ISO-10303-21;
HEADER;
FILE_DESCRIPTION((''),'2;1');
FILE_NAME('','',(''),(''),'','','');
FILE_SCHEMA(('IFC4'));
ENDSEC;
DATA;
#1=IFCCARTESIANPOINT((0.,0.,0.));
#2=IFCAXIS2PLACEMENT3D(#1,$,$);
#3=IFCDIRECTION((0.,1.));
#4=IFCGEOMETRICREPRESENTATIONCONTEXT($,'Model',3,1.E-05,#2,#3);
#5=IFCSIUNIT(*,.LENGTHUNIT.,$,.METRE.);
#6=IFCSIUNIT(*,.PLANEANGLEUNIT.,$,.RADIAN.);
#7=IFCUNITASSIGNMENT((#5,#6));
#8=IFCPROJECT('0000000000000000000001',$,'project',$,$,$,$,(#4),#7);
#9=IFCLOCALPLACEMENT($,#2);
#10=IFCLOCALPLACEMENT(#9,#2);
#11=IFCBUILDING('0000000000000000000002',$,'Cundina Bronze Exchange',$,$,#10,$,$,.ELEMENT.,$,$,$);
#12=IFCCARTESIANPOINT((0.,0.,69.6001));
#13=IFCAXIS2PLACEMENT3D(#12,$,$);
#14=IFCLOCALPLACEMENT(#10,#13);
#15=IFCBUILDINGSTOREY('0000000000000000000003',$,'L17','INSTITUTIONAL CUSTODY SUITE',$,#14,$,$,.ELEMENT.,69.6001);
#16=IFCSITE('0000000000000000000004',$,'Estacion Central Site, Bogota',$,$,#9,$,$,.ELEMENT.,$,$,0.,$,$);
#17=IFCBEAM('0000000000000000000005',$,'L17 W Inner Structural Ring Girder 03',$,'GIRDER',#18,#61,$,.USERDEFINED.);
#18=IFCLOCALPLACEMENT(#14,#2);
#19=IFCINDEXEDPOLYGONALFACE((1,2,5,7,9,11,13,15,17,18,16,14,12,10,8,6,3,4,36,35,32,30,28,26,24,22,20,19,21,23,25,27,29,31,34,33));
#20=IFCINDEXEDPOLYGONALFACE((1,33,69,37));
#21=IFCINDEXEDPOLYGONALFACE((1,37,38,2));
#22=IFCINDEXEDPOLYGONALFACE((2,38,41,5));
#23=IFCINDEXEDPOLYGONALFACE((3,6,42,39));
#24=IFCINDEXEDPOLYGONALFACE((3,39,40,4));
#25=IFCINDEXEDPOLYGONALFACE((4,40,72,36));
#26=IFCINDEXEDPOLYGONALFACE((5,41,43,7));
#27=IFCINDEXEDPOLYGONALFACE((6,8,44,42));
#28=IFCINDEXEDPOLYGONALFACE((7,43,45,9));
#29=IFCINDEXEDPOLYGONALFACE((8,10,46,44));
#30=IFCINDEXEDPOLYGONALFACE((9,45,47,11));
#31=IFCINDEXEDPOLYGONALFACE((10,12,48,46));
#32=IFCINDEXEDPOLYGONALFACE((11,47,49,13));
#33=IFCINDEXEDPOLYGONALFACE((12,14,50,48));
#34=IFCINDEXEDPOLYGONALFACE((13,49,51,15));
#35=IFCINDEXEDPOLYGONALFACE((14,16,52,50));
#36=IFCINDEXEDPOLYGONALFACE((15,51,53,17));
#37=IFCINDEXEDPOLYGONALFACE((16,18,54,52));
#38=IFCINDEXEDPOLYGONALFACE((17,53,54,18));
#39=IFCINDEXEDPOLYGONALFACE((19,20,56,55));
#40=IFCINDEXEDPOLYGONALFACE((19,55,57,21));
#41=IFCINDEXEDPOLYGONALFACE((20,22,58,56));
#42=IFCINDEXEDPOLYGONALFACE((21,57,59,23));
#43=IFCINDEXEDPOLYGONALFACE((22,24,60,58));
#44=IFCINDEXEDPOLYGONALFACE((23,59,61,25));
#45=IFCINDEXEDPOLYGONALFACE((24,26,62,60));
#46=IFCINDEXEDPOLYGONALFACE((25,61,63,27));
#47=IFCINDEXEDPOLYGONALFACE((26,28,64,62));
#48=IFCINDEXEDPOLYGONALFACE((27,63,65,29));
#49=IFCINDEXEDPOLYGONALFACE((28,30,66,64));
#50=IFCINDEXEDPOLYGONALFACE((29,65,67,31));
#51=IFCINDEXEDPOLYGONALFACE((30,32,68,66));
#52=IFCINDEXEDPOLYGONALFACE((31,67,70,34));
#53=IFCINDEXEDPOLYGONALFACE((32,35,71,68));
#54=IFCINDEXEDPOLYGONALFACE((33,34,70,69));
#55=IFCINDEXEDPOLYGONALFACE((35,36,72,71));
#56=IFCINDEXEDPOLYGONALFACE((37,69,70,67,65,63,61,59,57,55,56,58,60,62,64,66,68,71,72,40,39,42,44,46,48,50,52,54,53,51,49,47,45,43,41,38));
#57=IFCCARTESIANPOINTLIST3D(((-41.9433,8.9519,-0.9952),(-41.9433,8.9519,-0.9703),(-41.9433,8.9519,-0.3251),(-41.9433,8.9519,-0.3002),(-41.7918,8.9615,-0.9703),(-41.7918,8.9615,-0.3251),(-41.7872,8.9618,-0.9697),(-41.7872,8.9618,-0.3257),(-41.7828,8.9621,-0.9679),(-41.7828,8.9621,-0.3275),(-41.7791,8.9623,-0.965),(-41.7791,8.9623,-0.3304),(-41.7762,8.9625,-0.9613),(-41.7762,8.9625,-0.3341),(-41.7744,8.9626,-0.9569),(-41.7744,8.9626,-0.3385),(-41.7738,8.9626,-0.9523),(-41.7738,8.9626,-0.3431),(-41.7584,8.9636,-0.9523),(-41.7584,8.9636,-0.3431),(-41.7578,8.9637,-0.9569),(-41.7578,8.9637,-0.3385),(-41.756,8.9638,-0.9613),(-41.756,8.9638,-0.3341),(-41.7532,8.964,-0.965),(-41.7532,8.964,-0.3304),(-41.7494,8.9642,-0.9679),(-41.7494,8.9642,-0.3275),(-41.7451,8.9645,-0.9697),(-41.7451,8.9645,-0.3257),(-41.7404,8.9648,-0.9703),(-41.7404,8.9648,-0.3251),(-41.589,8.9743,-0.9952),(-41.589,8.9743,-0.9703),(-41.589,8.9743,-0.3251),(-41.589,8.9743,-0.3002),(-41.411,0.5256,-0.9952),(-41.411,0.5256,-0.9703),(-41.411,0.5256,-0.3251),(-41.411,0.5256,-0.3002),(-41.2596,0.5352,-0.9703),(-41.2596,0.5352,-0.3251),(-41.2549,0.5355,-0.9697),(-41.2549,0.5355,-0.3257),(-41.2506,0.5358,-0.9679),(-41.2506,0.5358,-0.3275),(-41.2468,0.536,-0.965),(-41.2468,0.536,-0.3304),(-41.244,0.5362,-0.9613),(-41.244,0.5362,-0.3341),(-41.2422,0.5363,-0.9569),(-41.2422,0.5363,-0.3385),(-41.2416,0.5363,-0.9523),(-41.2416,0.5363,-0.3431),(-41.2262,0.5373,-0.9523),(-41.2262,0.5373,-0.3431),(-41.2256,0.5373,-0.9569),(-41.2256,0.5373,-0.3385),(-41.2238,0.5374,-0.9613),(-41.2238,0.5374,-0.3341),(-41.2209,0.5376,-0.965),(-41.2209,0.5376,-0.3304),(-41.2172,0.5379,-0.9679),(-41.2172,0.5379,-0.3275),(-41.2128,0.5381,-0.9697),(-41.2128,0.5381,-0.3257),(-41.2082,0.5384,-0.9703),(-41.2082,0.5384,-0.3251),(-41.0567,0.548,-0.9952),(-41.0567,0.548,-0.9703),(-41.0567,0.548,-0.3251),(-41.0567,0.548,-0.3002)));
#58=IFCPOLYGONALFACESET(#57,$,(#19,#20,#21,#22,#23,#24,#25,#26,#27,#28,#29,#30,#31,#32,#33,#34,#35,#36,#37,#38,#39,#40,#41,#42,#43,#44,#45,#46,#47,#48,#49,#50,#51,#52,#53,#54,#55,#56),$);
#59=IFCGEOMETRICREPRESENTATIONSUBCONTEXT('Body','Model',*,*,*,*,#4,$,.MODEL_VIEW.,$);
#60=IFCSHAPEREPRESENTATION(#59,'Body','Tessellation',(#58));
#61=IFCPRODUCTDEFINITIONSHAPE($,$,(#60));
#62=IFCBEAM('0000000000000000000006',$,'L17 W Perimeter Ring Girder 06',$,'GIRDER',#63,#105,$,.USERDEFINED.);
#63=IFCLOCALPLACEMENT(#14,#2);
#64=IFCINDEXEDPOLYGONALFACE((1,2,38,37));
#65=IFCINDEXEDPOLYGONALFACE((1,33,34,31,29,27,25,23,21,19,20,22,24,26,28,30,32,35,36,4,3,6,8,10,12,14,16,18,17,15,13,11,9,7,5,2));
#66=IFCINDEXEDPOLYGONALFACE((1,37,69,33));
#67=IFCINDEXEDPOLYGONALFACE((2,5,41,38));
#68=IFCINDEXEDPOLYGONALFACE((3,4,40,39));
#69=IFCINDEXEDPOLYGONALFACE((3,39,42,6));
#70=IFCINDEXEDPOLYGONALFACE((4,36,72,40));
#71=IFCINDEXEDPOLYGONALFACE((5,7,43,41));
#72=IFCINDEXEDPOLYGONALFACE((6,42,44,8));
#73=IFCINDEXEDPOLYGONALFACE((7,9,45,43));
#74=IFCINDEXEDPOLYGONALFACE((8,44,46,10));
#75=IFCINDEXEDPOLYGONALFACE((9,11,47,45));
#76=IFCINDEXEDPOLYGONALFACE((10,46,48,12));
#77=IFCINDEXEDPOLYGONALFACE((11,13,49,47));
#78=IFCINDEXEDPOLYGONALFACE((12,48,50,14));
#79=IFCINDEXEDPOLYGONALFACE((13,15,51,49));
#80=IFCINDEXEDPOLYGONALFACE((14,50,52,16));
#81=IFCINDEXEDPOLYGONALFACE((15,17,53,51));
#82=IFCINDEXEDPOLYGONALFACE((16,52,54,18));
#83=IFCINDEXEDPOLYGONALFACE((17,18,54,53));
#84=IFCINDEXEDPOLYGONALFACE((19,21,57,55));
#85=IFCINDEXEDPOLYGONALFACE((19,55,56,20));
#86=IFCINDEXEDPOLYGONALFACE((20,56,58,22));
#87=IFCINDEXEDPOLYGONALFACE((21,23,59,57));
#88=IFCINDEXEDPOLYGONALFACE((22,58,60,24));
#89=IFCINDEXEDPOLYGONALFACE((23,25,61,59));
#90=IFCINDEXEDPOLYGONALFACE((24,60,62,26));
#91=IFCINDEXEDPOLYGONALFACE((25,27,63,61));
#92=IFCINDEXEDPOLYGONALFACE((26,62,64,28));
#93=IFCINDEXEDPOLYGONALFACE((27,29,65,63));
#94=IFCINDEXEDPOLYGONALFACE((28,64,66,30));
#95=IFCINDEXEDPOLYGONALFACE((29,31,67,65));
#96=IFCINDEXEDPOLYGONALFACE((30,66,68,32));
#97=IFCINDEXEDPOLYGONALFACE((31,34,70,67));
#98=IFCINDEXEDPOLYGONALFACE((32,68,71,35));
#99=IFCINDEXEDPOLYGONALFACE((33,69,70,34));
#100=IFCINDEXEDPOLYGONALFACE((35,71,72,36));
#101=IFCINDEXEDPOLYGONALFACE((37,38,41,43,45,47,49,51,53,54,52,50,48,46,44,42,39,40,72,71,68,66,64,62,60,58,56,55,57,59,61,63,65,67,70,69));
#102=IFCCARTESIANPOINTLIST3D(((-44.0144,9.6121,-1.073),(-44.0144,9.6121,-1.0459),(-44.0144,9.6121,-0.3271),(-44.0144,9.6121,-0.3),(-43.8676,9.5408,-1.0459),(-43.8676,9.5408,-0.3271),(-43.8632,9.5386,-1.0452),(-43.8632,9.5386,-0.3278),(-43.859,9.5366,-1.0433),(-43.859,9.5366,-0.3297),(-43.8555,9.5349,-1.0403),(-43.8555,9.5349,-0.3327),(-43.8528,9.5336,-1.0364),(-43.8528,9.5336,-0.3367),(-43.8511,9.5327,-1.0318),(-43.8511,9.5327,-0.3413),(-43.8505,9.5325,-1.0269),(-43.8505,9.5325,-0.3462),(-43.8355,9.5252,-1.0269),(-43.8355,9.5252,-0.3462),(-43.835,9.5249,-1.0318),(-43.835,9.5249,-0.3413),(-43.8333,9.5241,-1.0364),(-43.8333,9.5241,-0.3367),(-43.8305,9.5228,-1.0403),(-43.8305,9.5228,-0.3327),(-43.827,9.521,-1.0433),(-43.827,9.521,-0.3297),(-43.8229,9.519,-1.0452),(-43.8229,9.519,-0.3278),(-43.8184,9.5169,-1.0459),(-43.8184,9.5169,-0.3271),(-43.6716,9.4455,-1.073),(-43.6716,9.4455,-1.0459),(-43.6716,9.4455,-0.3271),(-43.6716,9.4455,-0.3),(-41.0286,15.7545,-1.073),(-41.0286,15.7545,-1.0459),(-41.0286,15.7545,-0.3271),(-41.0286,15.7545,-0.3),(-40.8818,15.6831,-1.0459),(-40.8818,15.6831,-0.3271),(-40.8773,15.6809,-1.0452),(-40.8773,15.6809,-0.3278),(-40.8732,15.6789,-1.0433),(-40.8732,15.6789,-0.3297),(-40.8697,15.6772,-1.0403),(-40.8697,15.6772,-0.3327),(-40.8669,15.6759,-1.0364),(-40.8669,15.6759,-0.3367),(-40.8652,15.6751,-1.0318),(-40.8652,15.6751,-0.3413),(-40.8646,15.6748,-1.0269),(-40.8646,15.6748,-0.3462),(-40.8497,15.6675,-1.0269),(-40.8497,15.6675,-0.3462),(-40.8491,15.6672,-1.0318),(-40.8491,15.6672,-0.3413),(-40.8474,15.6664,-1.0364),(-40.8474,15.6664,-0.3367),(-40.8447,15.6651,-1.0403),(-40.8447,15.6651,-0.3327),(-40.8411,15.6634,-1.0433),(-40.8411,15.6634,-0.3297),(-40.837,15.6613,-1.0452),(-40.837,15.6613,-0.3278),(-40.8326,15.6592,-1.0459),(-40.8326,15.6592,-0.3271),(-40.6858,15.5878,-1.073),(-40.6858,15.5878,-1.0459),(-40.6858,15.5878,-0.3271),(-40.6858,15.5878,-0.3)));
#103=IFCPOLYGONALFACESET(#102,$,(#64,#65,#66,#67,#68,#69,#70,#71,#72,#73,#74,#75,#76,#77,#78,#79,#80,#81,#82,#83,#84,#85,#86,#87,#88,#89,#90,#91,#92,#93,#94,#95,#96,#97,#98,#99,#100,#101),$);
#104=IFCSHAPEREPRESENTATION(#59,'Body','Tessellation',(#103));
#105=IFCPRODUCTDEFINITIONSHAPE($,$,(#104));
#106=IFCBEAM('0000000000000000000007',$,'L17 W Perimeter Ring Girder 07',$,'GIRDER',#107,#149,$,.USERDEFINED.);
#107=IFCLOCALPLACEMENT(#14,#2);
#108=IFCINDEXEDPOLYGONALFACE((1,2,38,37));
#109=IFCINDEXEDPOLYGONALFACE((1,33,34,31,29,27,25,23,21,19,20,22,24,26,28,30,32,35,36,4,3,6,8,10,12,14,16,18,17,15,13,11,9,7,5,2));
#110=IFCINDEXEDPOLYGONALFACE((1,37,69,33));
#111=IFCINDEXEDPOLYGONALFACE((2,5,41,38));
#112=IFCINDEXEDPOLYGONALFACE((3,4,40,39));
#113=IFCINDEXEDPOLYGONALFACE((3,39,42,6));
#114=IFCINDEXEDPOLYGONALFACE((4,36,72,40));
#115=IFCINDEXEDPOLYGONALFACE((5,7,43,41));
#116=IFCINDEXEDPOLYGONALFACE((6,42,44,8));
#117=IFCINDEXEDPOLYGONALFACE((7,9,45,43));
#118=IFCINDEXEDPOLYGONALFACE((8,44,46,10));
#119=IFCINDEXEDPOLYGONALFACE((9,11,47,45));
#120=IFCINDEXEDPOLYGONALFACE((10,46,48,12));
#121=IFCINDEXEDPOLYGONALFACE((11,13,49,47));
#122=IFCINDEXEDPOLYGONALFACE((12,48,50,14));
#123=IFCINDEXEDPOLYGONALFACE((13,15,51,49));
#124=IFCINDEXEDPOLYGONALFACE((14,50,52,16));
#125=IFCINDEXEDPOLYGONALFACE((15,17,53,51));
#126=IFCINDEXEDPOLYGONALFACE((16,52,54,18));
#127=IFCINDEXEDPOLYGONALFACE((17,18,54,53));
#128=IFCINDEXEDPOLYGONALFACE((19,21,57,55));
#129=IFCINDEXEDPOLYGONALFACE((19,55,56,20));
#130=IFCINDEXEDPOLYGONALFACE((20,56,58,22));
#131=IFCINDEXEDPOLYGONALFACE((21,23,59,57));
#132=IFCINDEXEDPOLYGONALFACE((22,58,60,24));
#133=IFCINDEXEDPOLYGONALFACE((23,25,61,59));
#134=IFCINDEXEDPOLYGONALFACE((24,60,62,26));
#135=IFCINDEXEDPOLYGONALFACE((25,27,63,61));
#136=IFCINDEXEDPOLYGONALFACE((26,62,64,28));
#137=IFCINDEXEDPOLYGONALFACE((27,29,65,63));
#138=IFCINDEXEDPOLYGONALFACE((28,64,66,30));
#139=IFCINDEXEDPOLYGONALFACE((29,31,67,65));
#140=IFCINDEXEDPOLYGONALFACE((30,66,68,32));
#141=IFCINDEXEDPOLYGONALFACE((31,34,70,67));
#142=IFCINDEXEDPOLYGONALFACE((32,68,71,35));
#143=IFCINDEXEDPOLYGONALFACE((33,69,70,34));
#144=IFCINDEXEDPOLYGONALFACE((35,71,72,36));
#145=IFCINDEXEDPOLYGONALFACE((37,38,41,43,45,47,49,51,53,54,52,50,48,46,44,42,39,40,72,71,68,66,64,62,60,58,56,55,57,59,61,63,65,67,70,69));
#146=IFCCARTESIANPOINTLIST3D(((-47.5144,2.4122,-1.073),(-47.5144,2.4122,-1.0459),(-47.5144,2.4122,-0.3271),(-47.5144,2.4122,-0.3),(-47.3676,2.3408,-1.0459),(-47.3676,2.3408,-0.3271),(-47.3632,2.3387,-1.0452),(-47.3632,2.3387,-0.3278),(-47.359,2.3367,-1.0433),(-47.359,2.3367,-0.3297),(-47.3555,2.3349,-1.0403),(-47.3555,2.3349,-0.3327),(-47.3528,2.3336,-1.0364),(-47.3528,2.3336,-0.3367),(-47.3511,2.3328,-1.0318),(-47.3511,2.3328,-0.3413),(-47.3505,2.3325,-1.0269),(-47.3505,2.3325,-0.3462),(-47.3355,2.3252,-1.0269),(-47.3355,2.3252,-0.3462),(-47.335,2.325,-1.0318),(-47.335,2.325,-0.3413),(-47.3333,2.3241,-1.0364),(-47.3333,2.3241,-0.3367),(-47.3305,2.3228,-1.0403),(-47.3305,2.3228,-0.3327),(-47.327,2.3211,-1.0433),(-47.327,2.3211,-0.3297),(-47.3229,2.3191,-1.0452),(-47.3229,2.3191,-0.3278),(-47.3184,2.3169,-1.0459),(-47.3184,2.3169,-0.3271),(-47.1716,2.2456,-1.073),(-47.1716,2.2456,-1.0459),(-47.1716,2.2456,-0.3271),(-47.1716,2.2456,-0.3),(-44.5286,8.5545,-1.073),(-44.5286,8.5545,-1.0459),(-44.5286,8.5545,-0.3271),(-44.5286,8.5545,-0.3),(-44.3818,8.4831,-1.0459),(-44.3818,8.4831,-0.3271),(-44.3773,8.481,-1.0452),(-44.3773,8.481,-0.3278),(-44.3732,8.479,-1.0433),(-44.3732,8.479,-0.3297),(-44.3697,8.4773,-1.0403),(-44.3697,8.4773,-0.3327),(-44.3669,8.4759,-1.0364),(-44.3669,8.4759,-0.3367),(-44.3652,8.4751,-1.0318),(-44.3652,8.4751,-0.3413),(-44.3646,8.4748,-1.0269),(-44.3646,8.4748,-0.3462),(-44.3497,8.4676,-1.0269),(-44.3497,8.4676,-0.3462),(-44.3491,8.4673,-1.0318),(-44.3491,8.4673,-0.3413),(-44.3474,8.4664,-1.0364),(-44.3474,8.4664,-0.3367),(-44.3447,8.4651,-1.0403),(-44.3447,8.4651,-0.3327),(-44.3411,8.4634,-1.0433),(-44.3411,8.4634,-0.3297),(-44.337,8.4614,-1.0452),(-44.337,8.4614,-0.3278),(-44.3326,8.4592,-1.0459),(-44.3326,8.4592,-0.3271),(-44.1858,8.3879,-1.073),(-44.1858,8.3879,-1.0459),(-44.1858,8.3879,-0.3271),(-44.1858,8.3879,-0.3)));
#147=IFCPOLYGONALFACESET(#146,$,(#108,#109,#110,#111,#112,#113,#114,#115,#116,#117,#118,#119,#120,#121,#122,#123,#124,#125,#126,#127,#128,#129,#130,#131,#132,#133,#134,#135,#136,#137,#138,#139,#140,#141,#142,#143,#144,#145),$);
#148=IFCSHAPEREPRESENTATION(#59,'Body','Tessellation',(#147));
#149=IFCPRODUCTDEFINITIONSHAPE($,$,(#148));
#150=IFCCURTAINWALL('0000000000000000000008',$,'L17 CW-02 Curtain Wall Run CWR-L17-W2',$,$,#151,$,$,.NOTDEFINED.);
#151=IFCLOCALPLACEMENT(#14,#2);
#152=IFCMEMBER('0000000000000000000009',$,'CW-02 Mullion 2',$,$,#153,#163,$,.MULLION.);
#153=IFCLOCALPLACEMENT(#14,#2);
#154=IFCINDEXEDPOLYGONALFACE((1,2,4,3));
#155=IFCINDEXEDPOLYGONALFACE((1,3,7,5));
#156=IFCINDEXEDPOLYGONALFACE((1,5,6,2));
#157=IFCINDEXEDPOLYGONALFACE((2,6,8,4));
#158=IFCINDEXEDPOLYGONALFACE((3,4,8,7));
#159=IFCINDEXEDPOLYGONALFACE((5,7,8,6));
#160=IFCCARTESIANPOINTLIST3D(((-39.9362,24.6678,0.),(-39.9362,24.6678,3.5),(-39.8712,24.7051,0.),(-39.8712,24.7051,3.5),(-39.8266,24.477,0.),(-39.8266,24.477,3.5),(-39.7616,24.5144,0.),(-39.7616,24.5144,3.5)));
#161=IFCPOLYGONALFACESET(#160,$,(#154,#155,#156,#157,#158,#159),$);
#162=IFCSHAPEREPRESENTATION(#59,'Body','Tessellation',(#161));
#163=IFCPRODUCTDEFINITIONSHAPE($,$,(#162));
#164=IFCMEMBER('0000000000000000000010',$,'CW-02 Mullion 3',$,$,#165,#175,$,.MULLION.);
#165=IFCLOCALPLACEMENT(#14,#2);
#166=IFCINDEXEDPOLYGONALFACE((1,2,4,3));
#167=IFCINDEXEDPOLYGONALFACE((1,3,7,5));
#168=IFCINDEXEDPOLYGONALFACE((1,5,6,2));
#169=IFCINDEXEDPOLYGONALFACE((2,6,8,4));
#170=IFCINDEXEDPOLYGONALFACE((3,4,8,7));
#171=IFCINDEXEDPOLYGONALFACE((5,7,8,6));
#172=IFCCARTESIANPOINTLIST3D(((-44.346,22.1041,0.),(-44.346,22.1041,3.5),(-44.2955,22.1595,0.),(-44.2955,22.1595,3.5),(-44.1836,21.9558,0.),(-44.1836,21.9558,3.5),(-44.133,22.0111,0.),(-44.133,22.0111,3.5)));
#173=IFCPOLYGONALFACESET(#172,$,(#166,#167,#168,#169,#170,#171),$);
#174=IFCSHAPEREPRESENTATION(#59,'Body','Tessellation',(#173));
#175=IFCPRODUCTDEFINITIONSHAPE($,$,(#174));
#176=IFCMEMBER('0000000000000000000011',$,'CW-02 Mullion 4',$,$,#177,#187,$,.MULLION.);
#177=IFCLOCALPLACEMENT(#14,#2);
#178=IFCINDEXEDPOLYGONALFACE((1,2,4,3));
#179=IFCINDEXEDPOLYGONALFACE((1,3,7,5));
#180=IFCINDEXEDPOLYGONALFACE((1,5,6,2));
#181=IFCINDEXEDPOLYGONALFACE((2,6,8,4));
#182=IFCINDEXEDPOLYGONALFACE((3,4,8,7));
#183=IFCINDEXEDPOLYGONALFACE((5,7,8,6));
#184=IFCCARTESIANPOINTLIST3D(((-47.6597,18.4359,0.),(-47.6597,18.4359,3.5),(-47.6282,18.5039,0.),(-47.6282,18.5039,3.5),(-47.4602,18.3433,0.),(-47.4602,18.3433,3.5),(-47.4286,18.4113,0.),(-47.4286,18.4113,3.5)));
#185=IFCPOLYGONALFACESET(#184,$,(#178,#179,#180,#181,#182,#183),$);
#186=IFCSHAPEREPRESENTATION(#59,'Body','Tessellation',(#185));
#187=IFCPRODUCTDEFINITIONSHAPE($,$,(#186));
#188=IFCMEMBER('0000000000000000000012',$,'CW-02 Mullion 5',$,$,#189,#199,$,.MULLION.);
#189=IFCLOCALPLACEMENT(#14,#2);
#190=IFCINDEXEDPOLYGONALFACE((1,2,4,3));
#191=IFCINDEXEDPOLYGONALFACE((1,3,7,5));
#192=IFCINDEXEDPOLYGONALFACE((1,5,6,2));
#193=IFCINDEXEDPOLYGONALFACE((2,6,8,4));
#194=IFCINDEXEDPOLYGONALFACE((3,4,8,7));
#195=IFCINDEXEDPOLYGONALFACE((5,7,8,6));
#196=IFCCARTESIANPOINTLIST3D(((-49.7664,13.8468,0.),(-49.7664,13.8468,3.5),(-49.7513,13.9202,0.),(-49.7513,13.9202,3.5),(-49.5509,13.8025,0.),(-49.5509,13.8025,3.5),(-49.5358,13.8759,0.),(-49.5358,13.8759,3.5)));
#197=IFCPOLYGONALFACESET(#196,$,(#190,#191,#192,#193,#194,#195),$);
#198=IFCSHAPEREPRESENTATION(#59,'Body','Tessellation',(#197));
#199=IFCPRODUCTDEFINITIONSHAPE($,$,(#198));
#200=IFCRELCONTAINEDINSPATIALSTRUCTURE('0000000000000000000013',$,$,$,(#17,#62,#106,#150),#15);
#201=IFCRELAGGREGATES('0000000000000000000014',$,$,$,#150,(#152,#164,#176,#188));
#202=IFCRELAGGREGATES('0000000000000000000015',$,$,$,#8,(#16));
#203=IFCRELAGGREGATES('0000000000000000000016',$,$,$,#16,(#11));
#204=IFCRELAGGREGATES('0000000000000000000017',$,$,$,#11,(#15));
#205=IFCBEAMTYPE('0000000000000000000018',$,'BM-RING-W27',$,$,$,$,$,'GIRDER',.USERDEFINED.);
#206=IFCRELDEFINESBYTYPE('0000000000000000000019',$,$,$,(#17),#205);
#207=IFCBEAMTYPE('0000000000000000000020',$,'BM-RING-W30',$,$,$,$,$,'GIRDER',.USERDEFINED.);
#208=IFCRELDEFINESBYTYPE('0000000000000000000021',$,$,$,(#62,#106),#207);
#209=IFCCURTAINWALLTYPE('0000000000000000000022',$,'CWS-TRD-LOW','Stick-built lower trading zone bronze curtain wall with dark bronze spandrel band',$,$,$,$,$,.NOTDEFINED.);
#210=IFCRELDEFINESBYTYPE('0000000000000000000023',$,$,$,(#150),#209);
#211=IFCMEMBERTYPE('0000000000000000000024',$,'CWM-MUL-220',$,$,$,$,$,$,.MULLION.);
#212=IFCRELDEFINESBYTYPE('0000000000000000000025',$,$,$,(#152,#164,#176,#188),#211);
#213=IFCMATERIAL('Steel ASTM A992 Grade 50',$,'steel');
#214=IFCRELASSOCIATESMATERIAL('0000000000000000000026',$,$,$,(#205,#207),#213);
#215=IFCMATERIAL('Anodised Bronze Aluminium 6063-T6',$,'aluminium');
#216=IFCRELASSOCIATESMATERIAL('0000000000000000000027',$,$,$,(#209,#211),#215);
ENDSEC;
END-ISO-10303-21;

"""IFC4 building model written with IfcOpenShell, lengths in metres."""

from ifc_helpers import new_model, si_unit, direction, frame, origin, origin_2d, place, context, subcontext, project, spatial, rectangle, i_section, extrude, material, material_profile, profile_set, type_object, element, aggregate, save


model = new_model("IFC4")

# Units and contexts
model_context = context("Model", 3, precision=1e-05, world=origin(), true_north=direction((0.0, 1.0)))
body_context = subcontext(model_context, "Body", "Model", "MODEL_VIEW")
ifc_project = project(units=[si_unit("LENGTHUNIT", "METRE"), si_unit("PLANEANGLEUNIT", "RADIAN")], contexts=[model_context])

# Site, building, storey
site_placement = place(None, origin())
site = spatial("IfcSite", under=ifc_project, at=site_placement, Name="Estacion Central Site, Bogota", CompositionType="ELEMENT", RefElevation=0.0)
building_placement = place(site_placement, origin())
building = spatial("IfcBuilding", under=site, at=building_placement, Name="Cundina Bronze Exchange", CompositionType="ELEMENT")
storey_placement = place(building_placement, frame((0.0, 0.0, 69.6001)))
storey = spatial("IfcBuildingStorey", under=building, at=storey_placement, Name="L17", Description="INSTITUTIONAL CUSTODY SUITE", CompositionType="ELEMENT", Elevation=69.6001)

# Beams
ifc_material_1 = material(Name="Steel ASTM A992 Grade 50", Category="steel")
ifc_material_profile_1 = material_profile(ifc_material_1, i_section(OverallWidth=0.355, OverallDepth=0.6951, WebThickness=0.0154, FlangeThickness=0.0249, FilletRadius=0.0181, at=origin_2d()), Name="W27X146", Category="steel")
ifc_profile_set_1 = profile_set([ifc_material_profile_1], Name="Steel ASTM A992 Grade 50")
beam_type_1 = type_object("IfcBeamType", Name="BM-RING-W27", ElementType="GIRDER", PredefinedType="USERDEFINED", material=ifc_profile_set_1)
beam_1_placement = place(storey_placement, frame((-41.7661, 8.9631, -0.6477), z_axis=(0.063037, -0.998011, 0.0), x_axis=(0.998011, 0.063037, 0.0)))
element("IfcBeam", 1, at=beam_1_placement, inside=storey, type_object=beam_type_1, Name="L17 W Inner Structural Ring Girder 03", ObjectType="GIRDER", PredefinedType="USERDEFINED", context=body_context, shape_type="SweptSolid", body=[
    extrude(i_section(OverallWidth=0.355, OverallDepth=0.6951, WebThickness=0.0154, FlangeThickness=0.0249, FilletRadius=0.0181, at=origin_2d()), origin(), (0.0, 0.0, 1.0), 8.4431),
])
ifc_material_profile_2 = material_profile(ifc_material_1, i_section(OverallWidth=0.3811, OverallDepth=0.7729, WebThickness=0.0166, FlangeThickness=0.0271, FilletRadius=0.019, at=origin_2d()), Name="W30X173", Category="steel")
ifc_profile_set_2 = profile_set([ifc_material_profile_2], Name="Steel ASTM A992 Grade 50")
beam_type_2 = type_object("IfcBeamType", Name="BM-RING-W30", ElementType="GIRDER", PredefinedType="USERDEFINED", material=ifc_profile_set_2)
for number, where, z_axis, x_axis, name in (
    (2, (-40.8572, 15.6711, -0.6865), (-0.437191, -0.899369, 0.0), (0.899369, -0.437191, 0.0), "L17 W Perimeter Ring Girder 06"),
    (3, (-44.3572, 8.4712, -0.6865), (-0.437191, -0.899369, 0.0), (0.899369, -0.437191, 0.0), "L17 W Perimeter Ring Girder 07"),
):
    element("IfcBeam", number, at=place(storey_placement, frame(where, z_axis=z_axis, x_axis=x_axis)), inside=storey, type_object=beam_type_2, Name=name, ObjectType="GIRDER", PredefinedType="USERDEFINED", context=body_context, shape_type="SweptSolid", body=[
        extrude(i_section(OverallWidth=0.3811, OverallDepth=0.7729, WebThickness=0.0166, FlangeThickness=0.0271, FilletRadius=0.019, at=origin_2d()), origin(), (0.0, 0.0, 1.0), 6.8296),
    ])

# Curtain wall, members
ifc_material_2 = material(Name="Anodised Bronze Aluminium 6063-T6", Category="aluminium")
curtain_wall_type = type_object("IfcCurtainWallType", Name="CWS-TRD-LOW", Description="Stick-built lower trading zone bronze curtain wall with dark bronze spandrel band", PredefinedType="NOTDEFINED", material=ifc_material_2)
curtain_wall_placement = place(storey_placement, origin())
curtain_wall = element("IfcCurtainWall", 4, at=curtain_wall_placement, inside=storey, type_object=curtain_wall_type, Name="L17 CW-02 Curtain Wall Run CWR-L17-W2", PredefinedType="NOTDEFINED")
ifc_material_profile_3 = material_profile(ifc_material_2, rectangle(XDim=0.075, YDim=0.22, at=origin_2d()), Name="AL75X220", Category="aluminium")
ifc_profile_set_3 = profile_set([ifc_material_profile_3], Name="Anodised Bronze Aluminium 6063-T6")
member_type_1 = type_object("IfcMemberType", Name="CWM-MUL-220", PredefinedType="MULLION", material=ifc_profile_set_3)
member_1_placement = place(storey_placement, frame((-39.8489, 24.5911, 0.0), z_axis=(0.0, 0.0, 1.0), x_axis=(-0.867071, -0.498185, 0.0)))
member_1 = element("IfcMember", 5, at=member_1_placement, type_object=member_type_1, Name="CW-02 Mullion 2", PredefinedType="MULLION", context=body_context, shape_type="SweptSolid", body=[
    extrude(rectangle(XDim=0.075, YDim=0.22, at=origin_2d()), origin(), (0.0, 0.0, 1.0), 3.5),
])
member_2_placement = place(storey_placement, frame((-44.2395, 22.0576, 0.0), z_axis=(0.0, 0.0, 1.0), x_axis=(-0.674302, -0.738455, 0.0)))
member_2 = element("IfcMember", 6, at=member_2_placement, type_object=member_type_1, Name="CW-02 Mullion 3", PredefinedType="MULLION", context=body_context, shape_type="SweptSolid", body=[
    extrude(rectangle(XDim=0.075, YDim=0.22, at=origin_2d()), origin(), (0.0, 0.0, 1.0), 3.5),
])
member_3_placement = place(storey_placement, frame((-47.5442, 18.4236, 0.0), z_axis=(0.0, 0.0, 1.0), x_axis=(-0.420877, -0.907117, 0.0)))
member_3 = element("IfcMember", 7, at=member_3_placement, type_object=member_type_1, Name="CW-02 Mullion 4", PredefinedType="MULLION", context=body_context, shape_type="SweptSolid", body=[
    extrude(rectangle(XDim=0.075, YDim=0.22, at=origin_2d()), origin(), (0.0, 0.0, 1.0), 3.5),
])
member_4_placement = place(storey_placement, frame((-49.6511, 13.8613, 0.0), z_axis=(0.0, 0.0, 1.0), x_axis=(-0.20142, -0.979505, 0.0)))
member_4 = element("IfcMember", 8, at=member_4_placement, type_object=member_type_1, Name="CW-02 Mullion 5", PredefinedType="MULLION", context=body_context, shape_type="SweptSolid", body=[
    extrude(rectangle(XDim=0.075, YDim=0.22, at=origin_2d()), origin(), (0.0, 0.0, 1.0), 3.5),
])
aggregate(curtain_wall, [member_1, member_2, member_3, member_4])

save(model, "model.ifc")
